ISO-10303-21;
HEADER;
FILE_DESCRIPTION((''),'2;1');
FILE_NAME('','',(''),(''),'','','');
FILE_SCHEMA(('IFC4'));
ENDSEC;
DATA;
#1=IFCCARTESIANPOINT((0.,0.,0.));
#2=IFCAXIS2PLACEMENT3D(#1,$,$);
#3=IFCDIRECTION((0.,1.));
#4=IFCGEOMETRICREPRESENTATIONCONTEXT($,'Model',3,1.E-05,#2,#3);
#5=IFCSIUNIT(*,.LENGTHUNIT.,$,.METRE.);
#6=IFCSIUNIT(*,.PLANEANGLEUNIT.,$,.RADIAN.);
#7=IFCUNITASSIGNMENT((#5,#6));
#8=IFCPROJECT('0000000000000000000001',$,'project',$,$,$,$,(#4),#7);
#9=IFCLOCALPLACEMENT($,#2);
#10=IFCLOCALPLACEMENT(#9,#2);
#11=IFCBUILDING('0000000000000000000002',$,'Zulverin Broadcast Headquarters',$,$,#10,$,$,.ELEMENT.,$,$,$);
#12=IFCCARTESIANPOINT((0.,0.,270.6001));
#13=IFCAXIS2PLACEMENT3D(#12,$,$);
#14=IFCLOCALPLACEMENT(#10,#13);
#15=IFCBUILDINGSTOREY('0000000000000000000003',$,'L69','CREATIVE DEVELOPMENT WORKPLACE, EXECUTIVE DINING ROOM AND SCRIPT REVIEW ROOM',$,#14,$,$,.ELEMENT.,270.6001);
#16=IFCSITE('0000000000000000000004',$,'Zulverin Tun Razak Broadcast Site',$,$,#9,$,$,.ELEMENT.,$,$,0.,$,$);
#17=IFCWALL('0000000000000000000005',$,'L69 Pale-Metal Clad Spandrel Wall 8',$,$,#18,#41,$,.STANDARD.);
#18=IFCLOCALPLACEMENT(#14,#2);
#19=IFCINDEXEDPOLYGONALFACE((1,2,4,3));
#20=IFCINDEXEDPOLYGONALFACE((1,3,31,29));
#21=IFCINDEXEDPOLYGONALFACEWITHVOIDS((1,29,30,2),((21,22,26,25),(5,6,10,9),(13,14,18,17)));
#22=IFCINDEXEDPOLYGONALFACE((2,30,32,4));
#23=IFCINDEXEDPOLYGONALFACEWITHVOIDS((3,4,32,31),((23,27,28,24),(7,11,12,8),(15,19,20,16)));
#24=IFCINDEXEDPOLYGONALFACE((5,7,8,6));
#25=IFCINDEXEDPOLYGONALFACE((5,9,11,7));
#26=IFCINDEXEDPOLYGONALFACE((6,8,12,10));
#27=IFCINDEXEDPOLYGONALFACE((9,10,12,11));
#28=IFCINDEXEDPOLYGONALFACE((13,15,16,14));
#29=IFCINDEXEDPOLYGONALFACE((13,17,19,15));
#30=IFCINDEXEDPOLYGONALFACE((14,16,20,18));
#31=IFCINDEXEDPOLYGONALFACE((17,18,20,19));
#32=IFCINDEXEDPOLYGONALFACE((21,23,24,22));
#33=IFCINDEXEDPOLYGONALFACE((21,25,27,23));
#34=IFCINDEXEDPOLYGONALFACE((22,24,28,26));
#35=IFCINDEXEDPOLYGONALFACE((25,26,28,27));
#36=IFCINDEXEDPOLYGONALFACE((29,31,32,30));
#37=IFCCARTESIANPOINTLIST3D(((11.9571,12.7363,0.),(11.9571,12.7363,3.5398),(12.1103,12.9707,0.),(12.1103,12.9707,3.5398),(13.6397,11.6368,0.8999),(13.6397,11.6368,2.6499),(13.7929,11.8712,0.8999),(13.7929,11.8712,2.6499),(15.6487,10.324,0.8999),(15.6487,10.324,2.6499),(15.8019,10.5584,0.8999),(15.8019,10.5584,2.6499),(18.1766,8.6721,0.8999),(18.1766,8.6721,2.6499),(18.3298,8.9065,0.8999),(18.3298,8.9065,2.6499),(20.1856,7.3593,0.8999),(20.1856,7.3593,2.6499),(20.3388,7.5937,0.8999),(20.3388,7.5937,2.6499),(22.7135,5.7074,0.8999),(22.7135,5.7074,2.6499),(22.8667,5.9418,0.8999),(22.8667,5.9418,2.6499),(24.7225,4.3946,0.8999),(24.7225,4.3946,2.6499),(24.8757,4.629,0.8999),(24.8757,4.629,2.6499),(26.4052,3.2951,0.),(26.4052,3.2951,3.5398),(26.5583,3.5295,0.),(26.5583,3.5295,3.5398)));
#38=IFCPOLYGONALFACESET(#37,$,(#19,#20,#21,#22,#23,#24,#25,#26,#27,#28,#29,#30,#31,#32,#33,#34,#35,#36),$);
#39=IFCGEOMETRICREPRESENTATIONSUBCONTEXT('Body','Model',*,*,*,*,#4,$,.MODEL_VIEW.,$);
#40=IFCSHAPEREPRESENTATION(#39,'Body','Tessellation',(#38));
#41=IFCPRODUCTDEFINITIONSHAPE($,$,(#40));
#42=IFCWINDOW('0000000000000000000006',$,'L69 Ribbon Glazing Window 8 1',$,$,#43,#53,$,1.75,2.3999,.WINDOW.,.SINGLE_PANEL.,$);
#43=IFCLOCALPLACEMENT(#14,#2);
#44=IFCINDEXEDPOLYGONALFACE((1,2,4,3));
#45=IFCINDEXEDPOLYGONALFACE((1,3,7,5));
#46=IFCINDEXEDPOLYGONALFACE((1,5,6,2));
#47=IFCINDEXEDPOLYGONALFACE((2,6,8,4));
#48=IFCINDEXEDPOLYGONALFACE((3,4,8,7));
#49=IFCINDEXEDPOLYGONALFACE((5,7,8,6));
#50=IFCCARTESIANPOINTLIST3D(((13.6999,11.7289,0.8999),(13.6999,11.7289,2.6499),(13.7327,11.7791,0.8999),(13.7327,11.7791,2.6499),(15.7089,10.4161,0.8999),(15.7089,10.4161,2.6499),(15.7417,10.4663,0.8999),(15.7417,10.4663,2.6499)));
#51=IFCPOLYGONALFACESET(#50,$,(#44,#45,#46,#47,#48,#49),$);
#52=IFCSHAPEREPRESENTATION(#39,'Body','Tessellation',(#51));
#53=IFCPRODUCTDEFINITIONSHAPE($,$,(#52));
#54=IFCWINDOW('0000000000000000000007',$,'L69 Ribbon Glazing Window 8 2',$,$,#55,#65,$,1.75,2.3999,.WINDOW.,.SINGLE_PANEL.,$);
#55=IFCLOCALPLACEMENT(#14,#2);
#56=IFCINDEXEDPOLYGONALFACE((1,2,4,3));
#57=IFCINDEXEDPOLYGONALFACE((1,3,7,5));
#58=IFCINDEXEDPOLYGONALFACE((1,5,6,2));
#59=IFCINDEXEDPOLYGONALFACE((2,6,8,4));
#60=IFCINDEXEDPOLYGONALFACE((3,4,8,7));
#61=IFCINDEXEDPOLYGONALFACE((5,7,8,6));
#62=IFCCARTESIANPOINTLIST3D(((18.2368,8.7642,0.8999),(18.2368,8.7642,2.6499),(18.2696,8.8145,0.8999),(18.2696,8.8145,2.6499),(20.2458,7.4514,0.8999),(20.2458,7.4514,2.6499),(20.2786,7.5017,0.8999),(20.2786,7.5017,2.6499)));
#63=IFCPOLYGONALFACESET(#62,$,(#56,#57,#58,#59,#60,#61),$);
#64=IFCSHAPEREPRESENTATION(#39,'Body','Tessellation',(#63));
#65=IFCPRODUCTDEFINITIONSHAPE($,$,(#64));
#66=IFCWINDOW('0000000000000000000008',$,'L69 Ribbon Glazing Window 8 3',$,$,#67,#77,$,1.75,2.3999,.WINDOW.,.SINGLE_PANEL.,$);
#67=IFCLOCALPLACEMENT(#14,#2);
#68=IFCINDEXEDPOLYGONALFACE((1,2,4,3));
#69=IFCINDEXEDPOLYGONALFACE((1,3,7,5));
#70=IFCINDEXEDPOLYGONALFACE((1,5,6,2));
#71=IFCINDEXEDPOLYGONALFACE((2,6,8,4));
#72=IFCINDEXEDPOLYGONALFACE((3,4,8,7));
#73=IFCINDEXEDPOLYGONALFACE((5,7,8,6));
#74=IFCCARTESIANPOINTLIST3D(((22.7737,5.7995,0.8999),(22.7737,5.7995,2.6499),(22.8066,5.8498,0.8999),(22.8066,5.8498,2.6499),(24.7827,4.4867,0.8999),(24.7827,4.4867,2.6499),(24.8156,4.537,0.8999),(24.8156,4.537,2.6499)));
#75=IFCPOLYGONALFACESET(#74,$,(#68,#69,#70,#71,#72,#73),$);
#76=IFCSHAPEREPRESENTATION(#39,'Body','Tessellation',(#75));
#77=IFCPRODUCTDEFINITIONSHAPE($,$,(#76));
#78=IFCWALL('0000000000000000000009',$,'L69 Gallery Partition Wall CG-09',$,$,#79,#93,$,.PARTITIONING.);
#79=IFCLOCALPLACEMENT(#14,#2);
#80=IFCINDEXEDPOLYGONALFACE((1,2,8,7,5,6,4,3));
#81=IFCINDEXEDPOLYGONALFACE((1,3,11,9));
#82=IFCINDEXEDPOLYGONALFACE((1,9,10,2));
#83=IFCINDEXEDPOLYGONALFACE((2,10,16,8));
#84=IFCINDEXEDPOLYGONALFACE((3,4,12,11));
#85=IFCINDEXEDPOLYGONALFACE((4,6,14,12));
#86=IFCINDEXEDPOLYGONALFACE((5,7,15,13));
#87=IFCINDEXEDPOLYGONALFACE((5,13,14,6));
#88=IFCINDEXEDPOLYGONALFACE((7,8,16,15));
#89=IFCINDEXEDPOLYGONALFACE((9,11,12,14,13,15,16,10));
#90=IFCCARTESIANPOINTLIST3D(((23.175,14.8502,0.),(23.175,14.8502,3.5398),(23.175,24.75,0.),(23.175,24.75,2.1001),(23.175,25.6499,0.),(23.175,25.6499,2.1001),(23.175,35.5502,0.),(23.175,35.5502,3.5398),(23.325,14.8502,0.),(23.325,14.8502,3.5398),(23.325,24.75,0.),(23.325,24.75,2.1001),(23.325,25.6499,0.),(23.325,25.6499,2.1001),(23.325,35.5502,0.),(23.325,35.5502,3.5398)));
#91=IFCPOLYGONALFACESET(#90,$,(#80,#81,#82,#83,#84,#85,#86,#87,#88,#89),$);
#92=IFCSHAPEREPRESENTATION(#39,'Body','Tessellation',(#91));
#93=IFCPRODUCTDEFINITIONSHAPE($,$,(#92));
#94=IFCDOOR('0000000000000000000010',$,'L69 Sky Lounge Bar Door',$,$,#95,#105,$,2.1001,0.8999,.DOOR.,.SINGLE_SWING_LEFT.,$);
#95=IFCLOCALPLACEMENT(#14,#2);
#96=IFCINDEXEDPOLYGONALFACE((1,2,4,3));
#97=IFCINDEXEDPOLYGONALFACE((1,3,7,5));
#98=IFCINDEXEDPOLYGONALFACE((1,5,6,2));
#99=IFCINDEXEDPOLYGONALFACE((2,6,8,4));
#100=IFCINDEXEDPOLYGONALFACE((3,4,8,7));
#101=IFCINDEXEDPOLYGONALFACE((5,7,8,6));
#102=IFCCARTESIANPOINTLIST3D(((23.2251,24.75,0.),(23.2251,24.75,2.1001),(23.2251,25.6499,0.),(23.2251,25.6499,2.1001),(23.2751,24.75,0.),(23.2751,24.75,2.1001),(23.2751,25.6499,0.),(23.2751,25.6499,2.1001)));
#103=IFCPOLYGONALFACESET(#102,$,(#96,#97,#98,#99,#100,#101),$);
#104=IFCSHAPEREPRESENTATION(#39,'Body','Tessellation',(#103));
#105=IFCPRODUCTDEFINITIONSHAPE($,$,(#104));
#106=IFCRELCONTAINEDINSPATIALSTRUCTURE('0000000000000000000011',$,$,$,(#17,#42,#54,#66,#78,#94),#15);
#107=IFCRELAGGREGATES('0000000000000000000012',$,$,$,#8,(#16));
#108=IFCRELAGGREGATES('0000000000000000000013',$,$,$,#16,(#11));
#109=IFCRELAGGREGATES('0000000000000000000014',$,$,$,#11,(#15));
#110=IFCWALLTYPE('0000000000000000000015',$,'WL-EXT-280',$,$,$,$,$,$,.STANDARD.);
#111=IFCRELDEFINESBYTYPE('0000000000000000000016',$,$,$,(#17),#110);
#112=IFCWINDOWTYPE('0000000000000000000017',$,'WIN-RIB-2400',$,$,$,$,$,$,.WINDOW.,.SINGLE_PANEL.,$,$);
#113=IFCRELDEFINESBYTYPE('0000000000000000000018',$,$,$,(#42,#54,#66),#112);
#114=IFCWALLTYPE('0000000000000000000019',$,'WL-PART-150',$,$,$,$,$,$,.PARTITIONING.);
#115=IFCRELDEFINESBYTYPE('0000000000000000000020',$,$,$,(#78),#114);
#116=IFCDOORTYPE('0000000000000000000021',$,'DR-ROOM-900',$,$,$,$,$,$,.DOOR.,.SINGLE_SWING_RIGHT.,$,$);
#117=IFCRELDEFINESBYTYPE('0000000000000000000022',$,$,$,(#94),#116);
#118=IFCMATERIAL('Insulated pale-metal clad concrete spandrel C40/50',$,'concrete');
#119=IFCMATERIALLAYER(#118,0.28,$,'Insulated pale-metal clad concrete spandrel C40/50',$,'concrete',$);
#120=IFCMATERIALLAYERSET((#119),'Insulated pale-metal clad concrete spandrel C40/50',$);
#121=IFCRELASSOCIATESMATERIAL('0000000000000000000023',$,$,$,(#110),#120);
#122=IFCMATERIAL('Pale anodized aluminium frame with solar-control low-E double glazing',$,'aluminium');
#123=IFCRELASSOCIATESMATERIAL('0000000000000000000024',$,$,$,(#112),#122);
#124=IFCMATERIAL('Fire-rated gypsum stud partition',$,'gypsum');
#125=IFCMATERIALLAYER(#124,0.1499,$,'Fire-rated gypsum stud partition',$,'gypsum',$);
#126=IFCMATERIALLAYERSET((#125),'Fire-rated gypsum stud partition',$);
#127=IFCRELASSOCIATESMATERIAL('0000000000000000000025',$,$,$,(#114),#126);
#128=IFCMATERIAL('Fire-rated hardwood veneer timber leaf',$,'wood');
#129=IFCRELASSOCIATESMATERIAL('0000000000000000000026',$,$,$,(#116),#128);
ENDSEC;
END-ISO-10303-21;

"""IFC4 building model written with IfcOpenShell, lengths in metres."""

from ifc_helpers import new_model, si_unit, direction, frame, frame_2d, origin, place, context, subcontext, project, spatial, rectangle, extrude, material, layer, layer_set, type_object, element, fill, save


model = new_model("IFC4")

# Units and contexts
model_context = context("Model", 3, precision=1e-05, world=origin(), true_north=direction((0.0, 1.0)))
body_context = subcontext(model_context, "Body", "Model", "MODEL_VIEW")
ifc_project = project(units=[si_unit("LENGTHUNIT", "METRE"), si_unit("PLANEANGLEUNIT", "RADIAN")], contexts=[model_context])

# Site, building, storey
site_placement = place(None, origin())
site = spatial("IfcSite", under=ifc_project, at=site_placement, Name="Zulverin Tun Razak Broadcast Site", CompositionType="ELEMENT", RefElevation=0.0)
building_placement = place(site_placement, origin())
building = spatial("IfcBuilding", under=site, at=building_placement, Name="Zulverin Broadcast Headquarters", CompositionType="ELEMENT")
storey_placement = place(building_placement, frame((0.0, 0.0, 270.6001)))
storey = spatial("IfcBuildingStorey", under=building, at=storey_placement, Name="L69", Description="CREATIVE DEVELOPMENT WORKPLACE, EXECUTIVE DINING ROOM AND SCRIPT REVIEW ROOM", CompositionType="ELEMENT", Elevation=270.6001)

# Wall, openings, windows
ifc_material_1 = material(Name="Insulated pale-metal clad concrete spandrel C40/50", Category="concrete")
ifc_layer_1 = layer(ifc_material_1, 0.28, Name="Insulated pale-metal clad concrete spandrel C40/50", Category="concrete")
ifc_layer_set_1 = layer_set([ifc_layer_1], Name="Insulated pale-metal clad concrete spandrel C40/50")
wall_type_1 = type_object("IfcWallType", Name="WL-EXT-280", PredefinedType="STANDARD", material=ifc_layer_set_1)
wall_1_placement = place(storey_placement, frame((12.0337, 12.8535, 0.0), z_axis=(0.0, 0.0, 1.0), x_axis=(0.837118, -0.547022, 0.0)))
wall_1 = element("IfcWall", 1, at=wall_1_placement, inside=storey, type_object=wall_type_1, Name="L69 Pale-Metal Clad Spandrel Wall 8", PredefinedType="STANDARD", context=body_context, shape_type="SweptSolid", body=[
    extrude(rectangle(XDim=17.2593, YDim=0.28, at=frame_2d((8.6296, 0.0))), origin(), (0.0, 0.0, 1.0), 3.5398),
])
opening_1_placement = place(wall_1_placement, frame((2.01, 0.0, 0.8999)))
opening_1 = element("IfcOpeningElement", 2, at=opening_1_placement, cuts=wall_1, PredefinedType="OPENING", context=body_context, shape_type="SweptSolid", body=[
    extrude(rectangle(XDim=2.3999, YDim=1.75, at=frame_2d((1.2, 0.875))), frame((0.0, 0.1499, 0.0), z_axis=(0.0, -1.0, 0.0), x_axis=(1.0, 0.0, 0.0)), (0.0, 0.0, 1.0), 0.3),
])
opening_2_placement = place(wall_1_placement, frame((7.4297, 0.0, 0.8999)))
opening_2 = element("IfcOpeningElement", 3, at=opening_2_placement, cuts=wall_1, PredefinedType="OPENING", context=body_context, shape_type="SweptSolid", body=[
    extrude(rectangle(XDim=2.3999, YDim=1.75, at=frame_2d((1.2, 0.875))), frame((0.0, 0.1499, 0.0), z_axis=(0.0, -1.0, 0.0), x_axis=(1.0, 0.0, 0.0)), (0.0, 0.0, 1.0), 0.3),
])
opening_3_placement = place(wall_1_placement, frame((12.8494, 0.0, 0.8999)))
opening_3 = element("IfcOpeningElement", 4, at=opening_3_placement, cuts=wall_1, PredefinedType="OPENING", context=body_context, shape_type="SweptSolid", body=[
    extrude(rectangle(XDim=2.3999, YDim=1.75, at=frame_2d((1.2, 0.875))), frame((0.0, 0.1499, 0.0), z_axis=(0.0, -1.0, 0.0), x_axis=(1.0, 0.0, 0.0)), (0.0, 0.0, 1.0), 0.3),
])
ifc_material_2 = material(Name="Pale anodized aluminium frame with solar-control low-E double glazing", Category="aluminium")
window_type = type_object("IfcWindowType", Name="WIN-RIB-2400", PartitioningType="SINGLE_PANEL", PredefinedType="WINDOW", material=ifc_material_2)
window_1_placement = place(opening_1_placement, origin())
window_1 = element("IfcWindow", 5, at=window_1_placement, inside=storey, type_object=window_type, Name="L69 Ribbon Glazing Window 8 1", OverallHeight=1.75, OverallWidth=2.3999, PartitioningType="SINGLE_PANEL", PredefinedType="WINDOW", context=body_context, shape_type="SweptSolid", body=[
    extrude(rectangle(XDim=2.3999, YDim=1.75, at=frame_2d((1.2, 0.875))), frame((0.0, 0.03, 0.0), z_axis=(0.0, -1.0, 0.0), x_axis=(1.0, 0.0, 0.0)), (0.0, 0.0, 1.0), 0.0601),
])
fill(opening_1, window_1)
window_2_placement = place(opening_2_placement, origin())
window_2 = element("IfcWindow", 6, at=window_2_placement, inside=storey, type_object=window_type, Name="L69 Ribbon Glazing Window 8 2", OverallHeight=1.75, OverallWidth=2.3999, PartitioningType="SINGLE_PANEL", PredefinedType="WINDOW", context=body_context, shape_type="SweptSolid", body=[
    extrude(rectangle(XDim=2.3999, YDim=1.75, at=frame_2d((1.2, 0.875))), frame((0.0, 0.03, 0.0), z_axis=(0.0, -1.0, 0.0), x_axis=(1.0, 0.0, 0.0)), (0.0, 0.0, 1.0), 0.0601),
])
fill(opening_2, window_2)
window_3_placement = place(opening_3_placement, origin())
window_3 = element("IfcWindow", 7, at=window_3_placement, inside=storey, type_object=window_type, Name="L69 Ribbon Glazing Window 8 3", OverallHeight=1.75, OverallWidth=2.3999, PartitioningType="SINGLE_PANEL", PredefinedType="WINDOW", context=body_context, shape_type="SweptSolid", body=[
    extrude(rectangle(XDim=2.3999, YDim=1.75, at=frame_2d((1.2, 0.875))), frame((0.0, 0.03, 0.0), z_axis=(0.0, -1.0, 0.0), x_axis=(1.0, 0.0, 0.0)), (0.0, 0.0, 1.0), 0.0601),
])
fill(opening_3, window_3)

# Wall, opening, door
ifc_material_3 = material(Name="Fire-rated gypsum stud partition", Category="gypsum")
ifc_layer_2 = layer(ifc_material_3, 0.1499, Name="Fire-rated gypsum stud partition", Category="gypsum")
ifc_layer_set_2 = layer_set([ifc_layer_2], Name="Fire-rated gypsum stud partition")
wall_type_2 = type_object("IfcWallType", Name="WL-PART-150", PredefinedType="PARTITIONING", material=ifc_layer_set_2)
wall_2_placement = place(storey_placement, frame((23.25, 14.8501, 0.0), z_axis=(0.0, 0.0, 1.0), x_axis=(0.0, 1.0, 0.0)))
wall_2 = element("IfcWall", 8, at=wall_2_placement, inside=storey, type_object=wall_type_2, Name="L69 Gallery Partition Wall CG-09", PredefinedType="PARTITIONING", context=body_context, shape_type="SweptSolid", body=[
    extrude(rectangle(XDim=20.7, YDim=0.1499, at=frame_2d((10.3501, 0.0))), origin(), (0.0, 0.0, 1.0), 3.5398),
])
opening_4_placement = place(wall_2_placement, frame((9.8999, 0.0, 0.0)))
opening_4 = element("IfcOpeningElement", 9, at=opening_4_placement, cuts=wall_2, PredefinedType="OPENING", context=body_context, shape_type="SweptSolid", body=[
    extrude(rectangle(XDim=0.8999, YDim=2.1001, at=frame_2d((0.45, 1.05))), frame((0.0, 0.085, 0.0), z_axis=(0.0, -1.0, 0.0), x_axis=(1.0, 0.0, 0.0)), (0.0, 0.0, 1.0), 0.1699),
])
ifc_material_4 = material(Name="Fire-rated hardwood veneer timber leaf", Category="wood")
door_type_1 = type_object("IfcDoorType", Name="DR-ROOM-900", OperationType="SINGLE_SWING_RIGHT", PredefinedType="DOOR", material=ifc_material_4)
door_1_placement = place(opening_4_placement, origin())
door_1 = element("IfcDoor", 10, at=door_1_placement, inside=storey, type_object=door_type_1, Name="L69 Sky Lounge Bar Door", OperationType="SINGLE_SWING_LEFT", OverallHeight=2.1001, OverallWidth=0.8999, PredefinedType="DOOR", context=body_context, shape_type="SweptSolid", body=[
    extrude(rectangle(XDim=0.8999, YDim=2.1001, at=frame_2d((0.45, 1.05))), frame((0.0, 0.0249, 0.0), z_axis=(0.0, -1.0, 0.0), x_axis=(1.0, 0.0, 0.0)), (0.0, 0.0, 1.0), 0.05),
])
fill(opening_4, door_1)

save(model, "model.ifc")
